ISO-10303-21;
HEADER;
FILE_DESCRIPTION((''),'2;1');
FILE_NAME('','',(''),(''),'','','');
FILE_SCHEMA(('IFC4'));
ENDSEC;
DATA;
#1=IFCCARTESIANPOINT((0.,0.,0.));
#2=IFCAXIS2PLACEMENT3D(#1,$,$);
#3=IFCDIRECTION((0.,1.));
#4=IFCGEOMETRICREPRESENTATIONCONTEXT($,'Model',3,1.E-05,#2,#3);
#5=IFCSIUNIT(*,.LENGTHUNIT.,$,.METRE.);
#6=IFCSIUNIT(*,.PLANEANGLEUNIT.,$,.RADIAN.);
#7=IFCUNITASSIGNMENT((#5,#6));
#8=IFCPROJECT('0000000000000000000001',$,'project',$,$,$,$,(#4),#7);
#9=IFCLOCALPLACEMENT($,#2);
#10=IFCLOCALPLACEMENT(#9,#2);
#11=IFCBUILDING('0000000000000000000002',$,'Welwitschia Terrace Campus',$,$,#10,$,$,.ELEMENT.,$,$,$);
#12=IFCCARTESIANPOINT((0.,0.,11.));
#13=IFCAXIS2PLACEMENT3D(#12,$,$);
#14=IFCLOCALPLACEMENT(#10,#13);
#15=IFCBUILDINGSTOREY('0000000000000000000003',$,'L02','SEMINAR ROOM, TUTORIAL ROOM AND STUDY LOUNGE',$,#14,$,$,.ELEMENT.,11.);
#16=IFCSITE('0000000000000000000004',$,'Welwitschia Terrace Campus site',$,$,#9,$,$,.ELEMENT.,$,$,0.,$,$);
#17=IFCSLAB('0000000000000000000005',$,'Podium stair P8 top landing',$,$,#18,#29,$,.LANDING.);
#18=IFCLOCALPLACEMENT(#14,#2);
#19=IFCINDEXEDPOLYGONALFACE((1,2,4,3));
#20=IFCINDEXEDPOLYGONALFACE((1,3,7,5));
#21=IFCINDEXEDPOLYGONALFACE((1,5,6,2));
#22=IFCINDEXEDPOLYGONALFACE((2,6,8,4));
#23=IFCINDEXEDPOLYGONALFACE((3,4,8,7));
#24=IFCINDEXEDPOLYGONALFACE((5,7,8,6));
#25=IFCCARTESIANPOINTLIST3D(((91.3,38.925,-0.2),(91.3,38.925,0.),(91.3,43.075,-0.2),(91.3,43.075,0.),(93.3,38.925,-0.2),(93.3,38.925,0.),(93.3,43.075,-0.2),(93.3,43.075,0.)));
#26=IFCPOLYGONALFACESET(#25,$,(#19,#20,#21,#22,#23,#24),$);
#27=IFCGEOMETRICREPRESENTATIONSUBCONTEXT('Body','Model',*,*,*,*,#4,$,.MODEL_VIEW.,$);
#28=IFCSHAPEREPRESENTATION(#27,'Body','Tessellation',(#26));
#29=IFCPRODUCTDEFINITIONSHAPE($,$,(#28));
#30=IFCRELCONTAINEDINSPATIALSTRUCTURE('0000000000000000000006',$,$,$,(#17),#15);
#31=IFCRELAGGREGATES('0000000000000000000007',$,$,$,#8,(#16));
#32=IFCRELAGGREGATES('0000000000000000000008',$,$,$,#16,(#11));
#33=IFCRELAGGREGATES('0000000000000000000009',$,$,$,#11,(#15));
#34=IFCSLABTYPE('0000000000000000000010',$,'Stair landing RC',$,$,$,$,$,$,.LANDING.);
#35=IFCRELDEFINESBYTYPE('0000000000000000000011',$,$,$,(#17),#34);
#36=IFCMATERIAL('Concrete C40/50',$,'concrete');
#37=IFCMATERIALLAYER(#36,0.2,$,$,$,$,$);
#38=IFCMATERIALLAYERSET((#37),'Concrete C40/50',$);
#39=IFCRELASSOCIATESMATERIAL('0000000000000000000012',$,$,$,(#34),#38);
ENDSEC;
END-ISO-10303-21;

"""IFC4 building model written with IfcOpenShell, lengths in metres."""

from ifc_helpers import new_model, si_unit, direction, frame, origin, place, context, subcontext, project, spatial, polyline, outline, extrude, material, layer, layer_set, type_object, element, save


model = new_model("IFC4")

# Units and contexts
model_context = context("Model", 3, precision=1e-05, world=origin(), true_north=direction((0.0, 1.0)))
body_context = subcontext(model_context, "Body", "Model", "MODEL_VIEW")
ifc_project = project(units=[si_unit("LENGTHUNIT", "METRE"), si_unit("PLANEANGLEUNIT", "RADIAN")], contexts=[model_context])

# Site, building, storey
site_placement = place(None, origin())
site = spatial("IfcSite", under=ifc_project, at=site_placement, Name="Welwitschia Terrace Campus site", CompositionType="ELEMENT", RefElevation=0.0)
building_placement = place(site_placement, origin())
building = spatial("IfcBuilding", under=site, at=building_placement, Name="Welwitschia Terrace Campus", CompositionType="ELEMENT")
storey_placement = place(building_placement, frame((0.0, 0.0, 11.0)))
storey = spatial("IfcBuildingStorey", under=building, at=storey_placement, Name="L02", Description="SEMINAR ROOM, TUTORIAL ROOM AND STUDY LOUNGE", CompositionType="ELEMENT", Elevation=11.0)

# Shared definitions
ifc_material_1 = material(Name="Concrete C40/50", Category="concrete")
ifc_layer_1 = layer(ifc_material_1, 0.2)
ifc_layer_set_1 = layer_set([ifc_layer_1], Name="Concrete C40/50")
slab_type_1 = type_object("IfcSlabType", Name="Stair landing RC", PredefinedType="LANDING", material=ifc_layer_set_1)

# Slab
slab_1_placement = place(storey_placement, frame((0.0, 0.0, -0.2)))
element("IfcSlab", 1, at=slab_1_placement, inside=storey, type_object=slab_type_1, Name="Podium stair P8 top landing", PredefinedType="LANDING", context=body_context, shape_type="SweptSolid", body=[
    extrude(outline(polyline([(91.3, 38.925), (93.3, 38.925), (93.3, 43.075), (91.3, 43.075), (91.3, 38.925)])), origin(), (0.0, 0.0, 1.0), 0.2),
])

save(model, "model.ifc")
